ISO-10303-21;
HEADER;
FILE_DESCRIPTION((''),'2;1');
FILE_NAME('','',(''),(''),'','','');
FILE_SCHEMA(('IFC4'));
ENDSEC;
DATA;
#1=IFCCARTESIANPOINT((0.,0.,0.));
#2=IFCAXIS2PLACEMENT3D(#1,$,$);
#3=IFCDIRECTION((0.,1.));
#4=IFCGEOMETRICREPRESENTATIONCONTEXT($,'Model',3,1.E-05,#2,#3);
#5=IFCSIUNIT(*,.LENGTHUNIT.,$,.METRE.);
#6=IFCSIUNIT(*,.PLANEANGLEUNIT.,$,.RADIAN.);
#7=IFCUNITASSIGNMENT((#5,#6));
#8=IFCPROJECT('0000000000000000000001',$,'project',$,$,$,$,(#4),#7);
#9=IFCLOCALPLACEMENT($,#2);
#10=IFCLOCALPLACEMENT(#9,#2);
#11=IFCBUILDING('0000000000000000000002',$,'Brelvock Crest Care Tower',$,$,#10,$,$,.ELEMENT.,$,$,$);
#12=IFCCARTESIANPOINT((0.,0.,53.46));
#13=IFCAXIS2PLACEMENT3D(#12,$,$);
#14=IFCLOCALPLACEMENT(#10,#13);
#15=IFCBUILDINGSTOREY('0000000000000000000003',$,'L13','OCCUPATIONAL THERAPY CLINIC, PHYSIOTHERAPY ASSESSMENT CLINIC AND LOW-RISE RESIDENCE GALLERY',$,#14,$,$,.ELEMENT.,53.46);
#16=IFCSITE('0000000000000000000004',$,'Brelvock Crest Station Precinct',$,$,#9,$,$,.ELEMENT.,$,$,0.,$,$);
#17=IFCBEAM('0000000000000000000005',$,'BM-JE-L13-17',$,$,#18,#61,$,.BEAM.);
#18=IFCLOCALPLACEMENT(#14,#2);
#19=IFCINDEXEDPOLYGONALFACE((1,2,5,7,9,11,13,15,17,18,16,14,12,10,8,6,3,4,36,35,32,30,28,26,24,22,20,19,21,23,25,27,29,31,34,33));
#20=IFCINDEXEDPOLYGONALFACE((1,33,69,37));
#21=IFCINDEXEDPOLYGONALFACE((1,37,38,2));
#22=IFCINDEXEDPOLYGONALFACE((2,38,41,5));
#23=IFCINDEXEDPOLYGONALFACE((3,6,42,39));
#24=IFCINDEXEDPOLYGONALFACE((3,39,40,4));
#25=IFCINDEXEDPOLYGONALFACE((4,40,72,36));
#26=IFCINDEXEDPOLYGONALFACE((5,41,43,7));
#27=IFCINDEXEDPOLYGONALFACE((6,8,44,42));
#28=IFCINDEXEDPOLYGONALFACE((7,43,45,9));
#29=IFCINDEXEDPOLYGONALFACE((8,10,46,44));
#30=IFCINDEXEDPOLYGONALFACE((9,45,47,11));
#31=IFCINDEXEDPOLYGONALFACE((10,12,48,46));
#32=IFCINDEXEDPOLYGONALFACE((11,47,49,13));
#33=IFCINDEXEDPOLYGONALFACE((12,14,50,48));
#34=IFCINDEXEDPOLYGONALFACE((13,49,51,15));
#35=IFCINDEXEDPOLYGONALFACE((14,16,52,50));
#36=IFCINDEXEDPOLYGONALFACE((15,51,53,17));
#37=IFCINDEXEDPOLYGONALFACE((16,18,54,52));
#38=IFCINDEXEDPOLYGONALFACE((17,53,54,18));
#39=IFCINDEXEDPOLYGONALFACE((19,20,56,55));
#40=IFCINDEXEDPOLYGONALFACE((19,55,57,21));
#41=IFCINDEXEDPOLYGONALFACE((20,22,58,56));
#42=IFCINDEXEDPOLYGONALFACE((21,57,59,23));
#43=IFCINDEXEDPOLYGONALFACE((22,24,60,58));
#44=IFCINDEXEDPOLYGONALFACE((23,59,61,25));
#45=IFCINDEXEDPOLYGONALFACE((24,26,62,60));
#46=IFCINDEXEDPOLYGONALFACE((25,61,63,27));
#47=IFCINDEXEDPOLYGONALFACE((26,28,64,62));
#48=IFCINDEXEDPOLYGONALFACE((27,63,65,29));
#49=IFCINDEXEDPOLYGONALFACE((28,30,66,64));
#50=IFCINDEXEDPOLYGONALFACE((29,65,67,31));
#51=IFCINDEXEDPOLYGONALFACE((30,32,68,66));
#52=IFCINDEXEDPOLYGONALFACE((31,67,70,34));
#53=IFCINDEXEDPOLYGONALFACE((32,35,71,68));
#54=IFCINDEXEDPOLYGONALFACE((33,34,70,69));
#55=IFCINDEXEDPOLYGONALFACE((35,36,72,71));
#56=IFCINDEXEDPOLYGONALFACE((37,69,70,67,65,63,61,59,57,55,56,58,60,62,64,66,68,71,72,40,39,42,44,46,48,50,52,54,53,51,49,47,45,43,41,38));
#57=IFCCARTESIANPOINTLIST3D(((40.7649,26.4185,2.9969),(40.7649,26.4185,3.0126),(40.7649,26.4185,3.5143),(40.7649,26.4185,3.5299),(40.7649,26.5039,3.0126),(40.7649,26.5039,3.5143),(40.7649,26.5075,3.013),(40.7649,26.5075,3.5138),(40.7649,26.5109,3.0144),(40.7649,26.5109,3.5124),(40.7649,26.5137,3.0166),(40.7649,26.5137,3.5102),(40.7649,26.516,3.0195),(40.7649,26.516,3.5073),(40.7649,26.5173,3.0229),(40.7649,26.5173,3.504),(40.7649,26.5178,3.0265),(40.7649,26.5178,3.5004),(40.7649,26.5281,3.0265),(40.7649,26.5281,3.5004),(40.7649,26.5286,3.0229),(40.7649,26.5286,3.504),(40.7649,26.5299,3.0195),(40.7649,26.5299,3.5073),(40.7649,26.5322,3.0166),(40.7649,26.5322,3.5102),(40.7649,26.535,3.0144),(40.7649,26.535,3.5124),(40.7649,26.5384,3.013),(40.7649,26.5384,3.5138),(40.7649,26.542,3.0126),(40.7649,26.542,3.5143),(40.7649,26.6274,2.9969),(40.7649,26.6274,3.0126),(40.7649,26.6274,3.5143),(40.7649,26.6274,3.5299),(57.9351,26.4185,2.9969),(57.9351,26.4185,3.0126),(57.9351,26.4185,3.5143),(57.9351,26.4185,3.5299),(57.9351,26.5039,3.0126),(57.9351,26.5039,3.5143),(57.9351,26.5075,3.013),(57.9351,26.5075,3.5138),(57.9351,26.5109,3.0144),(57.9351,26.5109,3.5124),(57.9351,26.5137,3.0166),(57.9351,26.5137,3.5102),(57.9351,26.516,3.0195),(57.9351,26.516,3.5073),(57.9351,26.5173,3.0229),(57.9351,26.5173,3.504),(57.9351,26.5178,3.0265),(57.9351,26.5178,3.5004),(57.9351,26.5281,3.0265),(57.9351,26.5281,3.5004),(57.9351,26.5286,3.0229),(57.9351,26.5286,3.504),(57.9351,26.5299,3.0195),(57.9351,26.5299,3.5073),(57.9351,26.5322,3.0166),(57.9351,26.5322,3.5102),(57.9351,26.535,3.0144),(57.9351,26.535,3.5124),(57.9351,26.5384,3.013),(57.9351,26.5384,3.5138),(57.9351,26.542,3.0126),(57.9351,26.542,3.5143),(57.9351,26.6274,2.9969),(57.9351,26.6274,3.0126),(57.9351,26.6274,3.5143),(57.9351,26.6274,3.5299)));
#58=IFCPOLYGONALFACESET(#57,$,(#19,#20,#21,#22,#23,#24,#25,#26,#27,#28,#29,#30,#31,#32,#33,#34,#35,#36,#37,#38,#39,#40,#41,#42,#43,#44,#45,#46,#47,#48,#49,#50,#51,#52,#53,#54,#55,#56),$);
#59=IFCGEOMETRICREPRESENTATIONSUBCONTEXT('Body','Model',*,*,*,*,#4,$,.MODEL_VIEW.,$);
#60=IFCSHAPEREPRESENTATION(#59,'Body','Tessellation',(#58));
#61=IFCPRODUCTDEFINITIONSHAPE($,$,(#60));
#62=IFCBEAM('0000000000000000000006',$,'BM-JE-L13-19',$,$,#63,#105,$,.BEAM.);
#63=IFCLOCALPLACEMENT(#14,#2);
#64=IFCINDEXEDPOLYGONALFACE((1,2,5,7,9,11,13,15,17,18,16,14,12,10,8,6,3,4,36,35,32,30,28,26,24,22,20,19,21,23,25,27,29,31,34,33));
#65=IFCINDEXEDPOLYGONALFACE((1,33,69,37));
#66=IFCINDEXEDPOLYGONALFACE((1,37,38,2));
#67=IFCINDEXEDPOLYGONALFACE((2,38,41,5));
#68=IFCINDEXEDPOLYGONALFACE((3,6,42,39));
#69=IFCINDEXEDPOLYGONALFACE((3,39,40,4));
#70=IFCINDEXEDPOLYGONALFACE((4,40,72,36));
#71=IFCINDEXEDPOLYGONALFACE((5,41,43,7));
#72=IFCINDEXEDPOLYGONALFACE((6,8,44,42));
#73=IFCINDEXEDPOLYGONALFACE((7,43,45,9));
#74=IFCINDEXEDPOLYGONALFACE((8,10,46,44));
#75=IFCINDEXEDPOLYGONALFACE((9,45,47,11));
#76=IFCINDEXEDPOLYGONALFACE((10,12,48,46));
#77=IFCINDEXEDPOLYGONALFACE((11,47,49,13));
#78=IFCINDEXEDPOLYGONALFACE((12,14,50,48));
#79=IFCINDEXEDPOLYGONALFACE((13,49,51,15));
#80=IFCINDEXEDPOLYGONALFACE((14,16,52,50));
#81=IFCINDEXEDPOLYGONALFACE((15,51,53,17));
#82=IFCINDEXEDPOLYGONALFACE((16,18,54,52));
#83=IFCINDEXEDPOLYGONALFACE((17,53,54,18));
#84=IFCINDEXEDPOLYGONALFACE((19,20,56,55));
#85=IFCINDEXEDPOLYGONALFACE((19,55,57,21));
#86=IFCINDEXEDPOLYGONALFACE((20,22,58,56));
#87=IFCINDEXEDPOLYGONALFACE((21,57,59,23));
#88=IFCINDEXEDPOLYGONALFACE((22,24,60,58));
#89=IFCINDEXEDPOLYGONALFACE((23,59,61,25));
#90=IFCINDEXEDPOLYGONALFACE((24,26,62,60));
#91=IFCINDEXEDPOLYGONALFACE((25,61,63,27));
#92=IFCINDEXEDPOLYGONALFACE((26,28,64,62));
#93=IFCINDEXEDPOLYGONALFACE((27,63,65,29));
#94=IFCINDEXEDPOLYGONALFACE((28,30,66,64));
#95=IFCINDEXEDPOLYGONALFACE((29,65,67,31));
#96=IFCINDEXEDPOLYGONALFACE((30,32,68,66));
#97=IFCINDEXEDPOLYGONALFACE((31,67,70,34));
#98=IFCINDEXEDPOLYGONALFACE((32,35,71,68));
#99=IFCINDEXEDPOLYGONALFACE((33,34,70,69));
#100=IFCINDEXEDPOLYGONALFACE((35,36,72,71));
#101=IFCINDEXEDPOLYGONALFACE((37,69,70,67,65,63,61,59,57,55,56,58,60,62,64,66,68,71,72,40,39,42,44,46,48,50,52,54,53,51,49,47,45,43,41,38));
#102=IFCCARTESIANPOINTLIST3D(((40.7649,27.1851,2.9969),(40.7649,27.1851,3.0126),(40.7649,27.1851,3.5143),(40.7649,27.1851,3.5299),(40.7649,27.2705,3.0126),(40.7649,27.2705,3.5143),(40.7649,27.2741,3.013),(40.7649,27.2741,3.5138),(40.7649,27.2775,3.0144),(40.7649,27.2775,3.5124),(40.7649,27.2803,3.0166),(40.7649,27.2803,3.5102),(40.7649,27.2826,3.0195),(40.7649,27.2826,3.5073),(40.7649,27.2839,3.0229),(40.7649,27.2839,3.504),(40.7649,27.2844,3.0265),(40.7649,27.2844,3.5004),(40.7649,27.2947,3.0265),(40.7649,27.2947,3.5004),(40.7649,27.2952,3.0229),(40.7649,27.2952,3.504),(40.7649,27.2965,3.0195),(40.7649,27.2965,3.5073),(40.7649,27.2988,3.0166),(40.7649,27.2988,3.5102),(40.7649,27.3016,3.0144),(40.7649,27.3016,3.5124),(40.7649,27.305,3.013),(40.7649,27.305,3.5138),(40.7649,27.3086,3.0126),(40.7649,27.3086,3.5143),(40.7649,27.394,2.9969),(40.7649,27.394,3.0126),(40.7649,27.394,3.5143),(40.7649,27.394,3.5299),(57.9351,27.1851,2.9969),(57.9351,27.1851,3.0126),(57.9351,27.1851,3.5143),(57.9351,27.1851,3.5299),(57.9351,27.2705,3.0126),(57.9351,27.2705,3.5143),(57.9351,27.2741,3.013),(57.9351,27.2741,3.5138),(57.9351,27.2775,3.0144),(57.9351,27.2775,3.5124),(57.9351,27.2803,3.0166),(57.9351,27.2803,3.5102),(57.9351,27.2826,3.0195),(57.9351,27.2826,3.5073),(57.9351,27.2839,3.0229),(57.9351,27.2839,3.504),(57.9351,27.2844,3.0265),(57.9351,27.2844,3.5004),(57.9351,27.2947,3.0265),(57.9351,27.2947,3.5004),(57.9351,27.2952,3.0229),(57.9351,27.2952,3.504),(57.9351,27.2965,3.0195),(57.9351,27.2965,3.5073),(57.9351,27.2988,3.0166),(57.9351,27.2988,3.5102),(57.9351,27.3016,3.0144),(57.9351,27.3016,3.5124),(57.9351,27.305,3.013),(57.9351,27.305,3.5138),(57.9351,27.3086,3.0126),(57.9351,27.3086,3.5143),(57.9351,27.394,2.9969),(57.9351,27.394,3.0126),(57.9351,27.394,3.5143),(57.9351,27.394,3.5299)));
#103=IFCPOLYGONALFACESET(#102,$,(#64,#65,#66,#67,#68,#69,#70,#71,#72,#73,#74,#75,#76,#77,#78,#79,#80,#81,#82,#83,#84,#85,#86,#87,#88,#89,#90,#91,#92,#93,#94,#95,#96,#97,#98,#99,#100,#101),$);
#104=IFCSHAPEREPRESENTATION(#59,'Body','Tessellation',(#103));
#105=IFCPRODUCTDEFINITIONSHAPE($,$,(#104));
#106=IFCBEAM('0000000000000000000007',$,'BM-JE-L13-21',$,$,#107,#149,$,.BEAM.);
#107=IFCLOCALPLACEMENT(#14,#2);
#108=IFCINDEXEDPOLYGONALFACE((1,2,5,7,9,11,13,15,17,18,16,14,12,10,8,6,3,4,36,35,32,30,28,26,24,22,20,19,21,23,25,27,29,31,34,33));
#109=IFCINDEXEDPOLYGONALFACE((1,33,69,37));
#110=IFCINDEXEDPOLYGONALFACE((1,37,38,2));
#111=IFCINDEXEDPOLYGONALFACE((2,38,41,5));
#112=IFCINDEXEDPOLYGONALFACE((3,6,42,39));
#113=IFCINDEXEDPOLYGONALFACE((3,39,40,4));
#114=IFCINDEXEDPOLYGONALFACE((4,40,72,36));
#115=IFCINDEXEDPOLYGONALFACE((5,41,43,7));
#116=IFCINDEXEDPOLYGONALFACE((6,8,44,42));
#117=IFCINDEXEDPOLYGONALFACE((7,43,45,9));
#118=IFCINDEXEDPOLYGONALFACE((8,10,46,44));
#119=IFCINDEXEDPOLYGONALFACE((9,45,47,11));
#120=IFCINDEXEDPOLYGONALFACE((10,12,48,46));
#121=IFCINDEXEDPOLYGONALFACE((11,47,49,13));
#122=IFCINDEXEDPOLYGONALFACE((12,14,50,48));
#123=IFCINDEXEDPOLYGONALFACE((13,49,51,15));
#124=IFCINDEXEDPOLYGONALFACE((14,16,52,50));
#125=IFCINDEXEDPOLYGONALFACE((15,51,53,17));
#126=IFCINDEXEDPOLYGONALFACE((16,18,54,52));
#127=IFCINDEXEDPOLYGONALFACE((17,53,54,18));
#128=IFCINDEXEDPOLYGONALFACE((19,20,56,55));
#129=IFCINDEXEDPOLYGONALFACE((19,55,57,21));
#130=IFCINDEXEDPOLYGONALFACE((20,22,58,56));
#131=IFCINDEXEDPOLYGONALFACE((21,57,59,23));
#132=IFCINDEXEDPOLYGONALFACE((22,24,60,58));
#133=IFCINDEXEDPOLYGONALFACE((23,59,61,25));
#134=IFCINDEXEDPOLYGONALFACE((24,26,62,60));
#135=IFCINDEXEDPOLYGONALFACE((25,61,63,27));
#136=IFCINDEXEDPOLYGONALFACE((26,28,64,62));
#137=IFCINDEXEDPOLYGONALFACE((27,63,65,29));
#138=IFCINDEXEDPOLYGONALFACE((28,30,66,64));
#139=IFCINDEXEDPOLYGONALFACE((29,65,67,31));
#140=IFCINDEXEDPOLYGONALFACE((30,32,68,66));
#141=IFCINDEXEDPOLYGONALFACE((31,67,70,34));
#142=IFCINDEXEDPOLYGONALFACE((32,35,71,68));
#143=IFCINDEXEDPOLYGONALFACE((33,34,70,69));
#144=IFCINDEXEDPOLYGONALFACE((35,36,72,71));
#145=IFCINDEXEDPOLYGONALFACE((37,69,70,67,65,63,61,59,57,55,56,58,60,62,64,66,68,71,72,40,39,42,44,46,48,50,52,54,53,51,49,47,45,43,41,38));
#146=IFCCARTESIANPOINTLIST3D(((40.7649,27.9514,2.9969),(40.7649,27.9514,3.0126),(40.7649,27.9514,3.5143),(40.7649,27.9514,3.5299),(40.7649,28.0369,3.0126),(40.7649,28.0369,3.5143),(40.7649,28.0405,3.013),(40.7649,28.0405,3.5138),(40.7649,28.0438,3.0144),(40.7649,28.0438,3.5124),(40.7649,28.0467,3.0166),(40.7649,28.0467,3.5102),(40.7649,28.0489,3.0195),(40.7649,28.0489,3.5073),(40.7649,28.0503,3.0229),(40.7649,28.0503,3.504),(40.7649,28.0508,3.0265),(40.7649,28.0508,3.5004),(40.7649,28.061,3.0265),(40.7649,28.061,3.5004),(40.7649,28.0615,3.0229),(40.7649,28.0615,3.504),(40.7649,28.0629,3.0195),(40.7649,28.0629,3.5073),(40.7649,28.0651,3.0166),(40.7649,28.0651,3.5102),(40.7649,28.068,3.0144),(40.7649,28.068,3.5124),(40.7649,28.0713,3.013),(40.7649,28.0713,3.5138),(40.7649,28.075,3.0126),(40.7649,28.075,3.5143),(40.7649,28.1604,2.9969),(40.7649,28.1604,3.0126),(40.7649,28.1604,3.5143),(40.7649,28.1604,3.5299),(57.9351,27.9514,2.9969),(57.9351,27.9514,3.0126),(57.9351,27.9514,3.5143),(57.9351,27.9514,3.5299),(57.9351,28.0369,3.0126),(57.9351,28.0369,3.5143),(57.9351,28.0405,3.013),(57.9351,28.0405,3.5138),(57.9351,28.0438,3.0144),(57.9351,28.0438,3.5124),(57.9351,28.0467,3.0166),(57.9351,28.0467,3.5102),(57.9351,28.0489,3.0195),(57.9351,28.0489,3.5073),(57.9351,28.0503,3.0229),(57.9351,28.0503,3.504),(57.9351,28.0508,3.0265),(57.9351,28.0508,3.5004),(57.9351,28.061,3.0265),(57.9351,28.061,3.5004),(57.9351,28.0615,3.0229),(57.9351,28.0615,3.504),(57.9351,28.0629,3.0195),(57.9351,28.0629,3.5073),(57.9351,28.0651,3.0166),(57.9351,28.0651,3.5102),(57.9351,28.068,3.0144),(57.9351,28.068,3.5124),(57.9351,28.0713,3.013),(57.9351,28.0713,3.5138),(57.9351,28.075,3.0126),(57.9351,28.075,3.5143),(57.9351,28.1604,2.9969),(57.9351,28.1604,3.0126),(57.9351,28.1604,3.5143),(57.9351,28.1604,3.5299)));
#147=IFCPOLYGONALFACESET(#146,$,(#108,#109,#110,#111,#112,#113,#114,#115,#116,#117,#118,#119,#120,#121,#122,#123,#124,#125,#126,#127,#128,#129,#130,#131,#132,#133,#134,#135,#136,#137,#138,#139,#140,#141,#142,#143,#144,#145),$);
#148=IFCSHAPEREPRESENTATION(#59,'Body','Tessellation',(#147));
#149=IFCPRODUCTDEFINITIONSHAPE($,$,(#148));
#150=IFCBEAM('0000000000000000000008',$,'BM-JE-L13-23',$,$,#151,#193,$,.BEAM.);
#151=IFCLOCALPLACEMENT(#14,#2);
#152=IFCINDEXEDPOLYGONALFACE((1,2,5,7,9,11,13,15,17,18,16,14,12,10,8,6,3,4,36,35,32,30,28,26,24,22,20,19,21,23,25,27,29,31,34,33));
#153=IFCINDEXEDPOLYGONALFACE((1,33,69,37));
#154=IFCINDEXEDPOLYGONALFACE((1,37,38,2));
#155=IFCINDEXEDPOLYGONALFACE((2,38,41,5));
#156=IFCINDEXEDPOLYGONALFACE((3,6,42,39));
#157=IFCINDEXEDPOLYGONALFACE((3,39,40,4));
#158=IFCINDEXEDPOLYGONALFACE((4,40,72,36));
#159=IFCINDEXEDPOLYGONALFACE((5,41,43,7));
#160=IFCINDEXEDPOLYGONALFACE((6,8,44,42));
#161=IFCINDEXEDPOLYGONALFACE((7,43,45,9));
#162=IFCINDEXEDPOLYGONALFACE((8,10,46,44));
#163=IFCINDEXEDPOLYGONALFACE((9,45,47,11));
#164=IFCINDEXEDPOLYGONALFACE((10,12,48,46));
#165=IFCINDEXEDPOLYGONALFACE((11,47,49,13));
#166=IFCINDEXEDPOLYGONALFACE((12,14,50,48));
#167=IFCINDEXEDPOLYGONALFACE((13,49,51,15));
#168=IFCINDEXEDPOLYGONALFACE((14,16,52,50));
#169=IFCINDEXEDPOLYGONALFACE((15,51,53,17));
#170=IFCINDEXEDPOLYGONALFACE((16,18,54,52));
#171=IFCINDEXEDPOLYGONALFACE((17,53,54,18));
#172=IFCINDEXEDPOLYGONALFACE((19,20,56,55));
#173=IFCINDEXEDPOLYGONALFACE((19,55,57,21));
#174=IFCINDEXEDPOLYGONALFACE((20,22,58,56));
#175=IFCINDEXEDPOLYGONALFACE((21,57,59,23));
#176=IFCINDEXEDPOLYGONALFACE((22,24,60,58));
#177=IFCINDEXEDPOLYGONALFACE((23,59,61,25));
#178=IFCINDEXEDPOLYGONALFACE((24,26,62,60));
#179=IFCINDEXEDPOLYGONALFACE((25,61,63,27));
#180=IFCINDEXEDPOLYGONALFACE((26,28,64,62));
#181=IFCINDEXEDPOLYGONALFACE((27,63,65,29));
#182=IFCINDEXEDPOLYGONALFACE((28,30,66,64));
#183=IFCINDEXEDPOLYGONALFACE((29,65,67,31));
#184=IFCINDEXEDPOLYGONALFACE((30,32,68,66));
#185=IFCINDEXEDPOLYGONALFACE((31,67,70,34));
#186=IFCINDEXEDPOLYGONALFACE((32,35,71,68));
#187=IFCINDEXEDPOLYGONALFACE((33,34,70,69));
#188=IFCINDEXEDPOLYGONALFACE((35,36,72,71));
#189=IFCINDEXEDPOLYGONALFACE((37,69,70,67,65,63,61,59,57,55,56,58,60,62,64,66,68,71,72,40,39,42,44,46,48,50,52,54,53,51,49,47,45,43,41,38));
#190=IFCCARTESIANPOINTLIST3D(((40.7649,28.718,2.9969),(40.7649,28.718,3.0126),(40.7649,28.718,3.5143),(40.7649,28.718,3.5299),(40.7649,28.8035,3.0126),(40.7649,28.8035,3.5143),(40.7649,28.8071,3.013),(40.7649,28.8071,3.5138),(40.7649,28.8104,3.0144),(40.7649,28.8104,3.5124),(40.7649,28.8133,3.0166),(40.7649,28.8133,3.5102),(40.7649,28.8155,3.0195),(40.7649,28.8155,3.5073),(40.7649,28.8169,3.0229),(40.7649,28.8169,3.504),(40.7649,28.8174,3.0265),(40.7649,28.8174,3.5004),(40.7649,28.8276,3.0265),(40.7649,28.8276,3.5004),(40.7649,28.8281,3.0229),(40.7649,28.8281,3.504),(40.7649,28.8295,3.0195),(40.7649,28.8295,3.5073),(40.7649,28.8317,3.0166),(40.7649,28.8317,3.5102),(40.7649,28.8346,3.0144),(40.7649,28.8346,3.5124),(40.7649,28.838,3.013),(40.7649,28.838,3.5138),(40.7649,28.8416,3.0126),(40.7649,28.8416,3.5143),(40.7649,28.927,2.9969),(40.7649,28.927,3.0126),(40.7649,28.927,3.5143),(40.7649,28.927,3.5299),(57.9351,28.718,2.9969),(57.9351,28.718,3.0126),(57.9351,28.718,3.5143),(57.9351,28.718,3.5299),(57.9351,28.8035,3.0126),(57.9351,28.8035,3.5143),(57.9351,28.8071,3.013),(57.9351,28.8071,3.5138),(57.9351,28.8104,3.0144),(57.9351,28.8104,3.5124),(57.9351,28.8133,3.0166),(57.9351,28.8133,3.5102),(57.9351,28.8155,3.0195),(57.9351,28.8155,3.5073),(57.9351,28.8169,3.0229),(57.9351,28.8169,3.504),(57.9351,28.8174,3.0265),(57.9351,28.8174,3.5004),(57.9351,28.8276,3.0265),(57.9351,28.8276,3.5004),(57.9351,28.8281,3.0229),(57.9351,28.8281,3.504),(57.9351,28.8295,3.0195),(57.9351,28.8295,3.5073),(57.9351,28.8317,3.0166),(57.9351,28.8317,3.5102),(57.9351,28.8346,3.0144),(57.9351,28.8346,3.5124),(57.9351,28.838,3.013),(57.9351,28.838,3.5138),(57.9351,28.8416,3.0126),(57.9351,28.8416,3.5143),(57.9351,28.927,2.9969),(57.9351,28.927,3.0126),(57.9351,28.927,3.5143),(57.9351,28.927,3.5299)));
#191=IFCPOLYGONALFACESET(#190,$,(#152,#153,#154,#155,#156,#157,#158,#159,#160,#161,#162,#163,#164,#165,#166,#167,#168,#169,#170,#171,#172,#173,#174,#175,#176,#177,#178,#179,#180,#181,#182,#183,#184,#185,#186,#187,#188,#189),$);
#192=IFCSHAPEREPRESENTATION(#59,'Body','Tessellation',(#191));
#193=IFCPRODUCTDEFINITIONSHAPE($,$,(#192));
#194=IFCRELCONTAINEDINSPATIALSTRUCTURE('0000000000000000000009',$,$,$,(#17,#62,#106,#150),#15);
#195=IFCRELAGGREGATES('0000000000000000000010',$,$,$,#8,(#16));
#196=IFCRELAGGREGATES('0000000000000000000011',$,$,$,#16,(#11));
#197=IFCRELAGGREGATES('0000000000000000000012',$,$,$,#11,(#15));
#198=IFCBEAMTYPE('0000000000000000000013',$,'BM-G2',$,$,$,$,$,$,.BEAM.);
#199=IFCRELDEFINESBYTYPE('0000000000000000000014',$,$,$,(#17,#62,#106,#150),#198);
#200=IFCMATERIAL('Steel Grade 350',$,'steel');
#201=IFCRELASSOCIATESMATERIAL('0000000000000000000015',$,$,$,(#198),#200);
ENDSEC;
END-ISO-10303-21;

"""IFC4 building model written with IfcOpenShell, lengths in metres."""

from ifc_helpers import new_model, si_unit, direction, frame, origin, origin_2d, place, context, subcontext, project, spatial, i_section, extrude, source, transform, mapped, material, material_profile, profile_set, type_object, element, save


model = new_model("IFC4")

# Units and contexts
model_context = context("Model", 3, precision=1e-05, world=origin(), true_north=direction((0.0, 1.0)))
body_context = subcontext(model_context, "Body", "Model", "MODEL_VIEW")
ifc_project = project(units=[si_unit("LENGTHUNIT", "METRE"), si_unit("PLANEANGLEUNIT", "RADIAN")], contexts=[model_context])

# Site, building, storey
site_placement = place(None, origin())
site = spatial("IfcSite", under=ifc_project, at=site_placement, Name="Brelvock Crest Station Precinct", CompositionType="ELEMENT", RefElevation=0.0)
building_placement = place(site_placement, origin())
building = spatial("IfcBuilding", under=site, at=building_placement, Name="Brelvock Crest Care Tower", CompositionType="ELEMENT")
storey_placement = place(building_placement, frame((0.0, 0.0, 53.46)))
storey = spatial("IfcBuildingStorey", under=building, at=storey_placement, Name="L13", Description="OCCUPATIONAL THERAPY CLINIC, PHYSIOTHERAPY ASSESSMENT CLINIC AND LOW-RISE RESIDENCE GALLERY", CompositionType="ELEMENT", Elevation=53.46)

# Shared definitions
ifc_material_1 = material(Name="Steel Grade 350", Category="steel")

# Beams
ifc_material_profile_1 = material_profile(ifc_material_1, i_section(OverallWidth=0.209, OverallDepth=0.533, WebThickness=0.0103, FlangeThickness=0.0156, FilletRadius=0.0139, at=origin_2d()), Name="530UB92.4")
ifc_profile_set_1 = profile_set([ifc_material_profile_1], Name="Steel Grade 350")
beam_type_1 = type_object("IfcBeamType", Name="BM-G2", PredefinedType="BEAM", material=ifc_profile_set_1)
shared_shape_1 = source(origin(), body_context, "Body", "SweptSolid", [
    extrude(i_section(OverallWidth=0.209, OverallDepth=0.533, WebThickness=0.0103, FlangeThickness=0.0156, FilletRadius=0.0139, at=origin_2d()), origin(), (0.0, 0.0, 1.0), 17.1702),
])
for number, where, z_axis, x_axis, name in (
    (1, (40.7649, 26.5229, 3.2634), (1.0, 0.0, 0.0), (0.0, 1.0, 0.0), "BM-JE-L13-17"),
    (2, (40.7649, 27.2896, 3.2634), (1.0, 0.0, 0.0), (0.0, 1.0, 0.0), "BM-JE-L13-19"),
    (3, (40.7649, 28.0559, 3.2634), (1.0, 0.0, 0.0), (0.0, 1.0, 0.0), "BM-JE-L13-21"),
    (4, (40.7649, 28.8225, 3.2634), (1.0, 0.0, 0.0), (0.0, 1.0, 0.0), "BM-JE-L13-23"),
):
    element("IfcBeam", number, at=place(storey_placement, frame(where, z_axis=z_axis, x_axis=x_axis)), inside=storey, type_object=beam_type_1, Name=name, PredefinedType="BEAM", context=body_context, shape_type="MappedRepresentation", body=[
        mapped(shared_shape_1, transform((0.0, 0.0, 0.0), x_axis=(1.0, 0.0, 0.0), y_axis=(0.0, 1.0, 0.0), z_axis=(0.0, 0.0, 1.0), scale=1.0)),
    ])

save(model, "model.ifc")
